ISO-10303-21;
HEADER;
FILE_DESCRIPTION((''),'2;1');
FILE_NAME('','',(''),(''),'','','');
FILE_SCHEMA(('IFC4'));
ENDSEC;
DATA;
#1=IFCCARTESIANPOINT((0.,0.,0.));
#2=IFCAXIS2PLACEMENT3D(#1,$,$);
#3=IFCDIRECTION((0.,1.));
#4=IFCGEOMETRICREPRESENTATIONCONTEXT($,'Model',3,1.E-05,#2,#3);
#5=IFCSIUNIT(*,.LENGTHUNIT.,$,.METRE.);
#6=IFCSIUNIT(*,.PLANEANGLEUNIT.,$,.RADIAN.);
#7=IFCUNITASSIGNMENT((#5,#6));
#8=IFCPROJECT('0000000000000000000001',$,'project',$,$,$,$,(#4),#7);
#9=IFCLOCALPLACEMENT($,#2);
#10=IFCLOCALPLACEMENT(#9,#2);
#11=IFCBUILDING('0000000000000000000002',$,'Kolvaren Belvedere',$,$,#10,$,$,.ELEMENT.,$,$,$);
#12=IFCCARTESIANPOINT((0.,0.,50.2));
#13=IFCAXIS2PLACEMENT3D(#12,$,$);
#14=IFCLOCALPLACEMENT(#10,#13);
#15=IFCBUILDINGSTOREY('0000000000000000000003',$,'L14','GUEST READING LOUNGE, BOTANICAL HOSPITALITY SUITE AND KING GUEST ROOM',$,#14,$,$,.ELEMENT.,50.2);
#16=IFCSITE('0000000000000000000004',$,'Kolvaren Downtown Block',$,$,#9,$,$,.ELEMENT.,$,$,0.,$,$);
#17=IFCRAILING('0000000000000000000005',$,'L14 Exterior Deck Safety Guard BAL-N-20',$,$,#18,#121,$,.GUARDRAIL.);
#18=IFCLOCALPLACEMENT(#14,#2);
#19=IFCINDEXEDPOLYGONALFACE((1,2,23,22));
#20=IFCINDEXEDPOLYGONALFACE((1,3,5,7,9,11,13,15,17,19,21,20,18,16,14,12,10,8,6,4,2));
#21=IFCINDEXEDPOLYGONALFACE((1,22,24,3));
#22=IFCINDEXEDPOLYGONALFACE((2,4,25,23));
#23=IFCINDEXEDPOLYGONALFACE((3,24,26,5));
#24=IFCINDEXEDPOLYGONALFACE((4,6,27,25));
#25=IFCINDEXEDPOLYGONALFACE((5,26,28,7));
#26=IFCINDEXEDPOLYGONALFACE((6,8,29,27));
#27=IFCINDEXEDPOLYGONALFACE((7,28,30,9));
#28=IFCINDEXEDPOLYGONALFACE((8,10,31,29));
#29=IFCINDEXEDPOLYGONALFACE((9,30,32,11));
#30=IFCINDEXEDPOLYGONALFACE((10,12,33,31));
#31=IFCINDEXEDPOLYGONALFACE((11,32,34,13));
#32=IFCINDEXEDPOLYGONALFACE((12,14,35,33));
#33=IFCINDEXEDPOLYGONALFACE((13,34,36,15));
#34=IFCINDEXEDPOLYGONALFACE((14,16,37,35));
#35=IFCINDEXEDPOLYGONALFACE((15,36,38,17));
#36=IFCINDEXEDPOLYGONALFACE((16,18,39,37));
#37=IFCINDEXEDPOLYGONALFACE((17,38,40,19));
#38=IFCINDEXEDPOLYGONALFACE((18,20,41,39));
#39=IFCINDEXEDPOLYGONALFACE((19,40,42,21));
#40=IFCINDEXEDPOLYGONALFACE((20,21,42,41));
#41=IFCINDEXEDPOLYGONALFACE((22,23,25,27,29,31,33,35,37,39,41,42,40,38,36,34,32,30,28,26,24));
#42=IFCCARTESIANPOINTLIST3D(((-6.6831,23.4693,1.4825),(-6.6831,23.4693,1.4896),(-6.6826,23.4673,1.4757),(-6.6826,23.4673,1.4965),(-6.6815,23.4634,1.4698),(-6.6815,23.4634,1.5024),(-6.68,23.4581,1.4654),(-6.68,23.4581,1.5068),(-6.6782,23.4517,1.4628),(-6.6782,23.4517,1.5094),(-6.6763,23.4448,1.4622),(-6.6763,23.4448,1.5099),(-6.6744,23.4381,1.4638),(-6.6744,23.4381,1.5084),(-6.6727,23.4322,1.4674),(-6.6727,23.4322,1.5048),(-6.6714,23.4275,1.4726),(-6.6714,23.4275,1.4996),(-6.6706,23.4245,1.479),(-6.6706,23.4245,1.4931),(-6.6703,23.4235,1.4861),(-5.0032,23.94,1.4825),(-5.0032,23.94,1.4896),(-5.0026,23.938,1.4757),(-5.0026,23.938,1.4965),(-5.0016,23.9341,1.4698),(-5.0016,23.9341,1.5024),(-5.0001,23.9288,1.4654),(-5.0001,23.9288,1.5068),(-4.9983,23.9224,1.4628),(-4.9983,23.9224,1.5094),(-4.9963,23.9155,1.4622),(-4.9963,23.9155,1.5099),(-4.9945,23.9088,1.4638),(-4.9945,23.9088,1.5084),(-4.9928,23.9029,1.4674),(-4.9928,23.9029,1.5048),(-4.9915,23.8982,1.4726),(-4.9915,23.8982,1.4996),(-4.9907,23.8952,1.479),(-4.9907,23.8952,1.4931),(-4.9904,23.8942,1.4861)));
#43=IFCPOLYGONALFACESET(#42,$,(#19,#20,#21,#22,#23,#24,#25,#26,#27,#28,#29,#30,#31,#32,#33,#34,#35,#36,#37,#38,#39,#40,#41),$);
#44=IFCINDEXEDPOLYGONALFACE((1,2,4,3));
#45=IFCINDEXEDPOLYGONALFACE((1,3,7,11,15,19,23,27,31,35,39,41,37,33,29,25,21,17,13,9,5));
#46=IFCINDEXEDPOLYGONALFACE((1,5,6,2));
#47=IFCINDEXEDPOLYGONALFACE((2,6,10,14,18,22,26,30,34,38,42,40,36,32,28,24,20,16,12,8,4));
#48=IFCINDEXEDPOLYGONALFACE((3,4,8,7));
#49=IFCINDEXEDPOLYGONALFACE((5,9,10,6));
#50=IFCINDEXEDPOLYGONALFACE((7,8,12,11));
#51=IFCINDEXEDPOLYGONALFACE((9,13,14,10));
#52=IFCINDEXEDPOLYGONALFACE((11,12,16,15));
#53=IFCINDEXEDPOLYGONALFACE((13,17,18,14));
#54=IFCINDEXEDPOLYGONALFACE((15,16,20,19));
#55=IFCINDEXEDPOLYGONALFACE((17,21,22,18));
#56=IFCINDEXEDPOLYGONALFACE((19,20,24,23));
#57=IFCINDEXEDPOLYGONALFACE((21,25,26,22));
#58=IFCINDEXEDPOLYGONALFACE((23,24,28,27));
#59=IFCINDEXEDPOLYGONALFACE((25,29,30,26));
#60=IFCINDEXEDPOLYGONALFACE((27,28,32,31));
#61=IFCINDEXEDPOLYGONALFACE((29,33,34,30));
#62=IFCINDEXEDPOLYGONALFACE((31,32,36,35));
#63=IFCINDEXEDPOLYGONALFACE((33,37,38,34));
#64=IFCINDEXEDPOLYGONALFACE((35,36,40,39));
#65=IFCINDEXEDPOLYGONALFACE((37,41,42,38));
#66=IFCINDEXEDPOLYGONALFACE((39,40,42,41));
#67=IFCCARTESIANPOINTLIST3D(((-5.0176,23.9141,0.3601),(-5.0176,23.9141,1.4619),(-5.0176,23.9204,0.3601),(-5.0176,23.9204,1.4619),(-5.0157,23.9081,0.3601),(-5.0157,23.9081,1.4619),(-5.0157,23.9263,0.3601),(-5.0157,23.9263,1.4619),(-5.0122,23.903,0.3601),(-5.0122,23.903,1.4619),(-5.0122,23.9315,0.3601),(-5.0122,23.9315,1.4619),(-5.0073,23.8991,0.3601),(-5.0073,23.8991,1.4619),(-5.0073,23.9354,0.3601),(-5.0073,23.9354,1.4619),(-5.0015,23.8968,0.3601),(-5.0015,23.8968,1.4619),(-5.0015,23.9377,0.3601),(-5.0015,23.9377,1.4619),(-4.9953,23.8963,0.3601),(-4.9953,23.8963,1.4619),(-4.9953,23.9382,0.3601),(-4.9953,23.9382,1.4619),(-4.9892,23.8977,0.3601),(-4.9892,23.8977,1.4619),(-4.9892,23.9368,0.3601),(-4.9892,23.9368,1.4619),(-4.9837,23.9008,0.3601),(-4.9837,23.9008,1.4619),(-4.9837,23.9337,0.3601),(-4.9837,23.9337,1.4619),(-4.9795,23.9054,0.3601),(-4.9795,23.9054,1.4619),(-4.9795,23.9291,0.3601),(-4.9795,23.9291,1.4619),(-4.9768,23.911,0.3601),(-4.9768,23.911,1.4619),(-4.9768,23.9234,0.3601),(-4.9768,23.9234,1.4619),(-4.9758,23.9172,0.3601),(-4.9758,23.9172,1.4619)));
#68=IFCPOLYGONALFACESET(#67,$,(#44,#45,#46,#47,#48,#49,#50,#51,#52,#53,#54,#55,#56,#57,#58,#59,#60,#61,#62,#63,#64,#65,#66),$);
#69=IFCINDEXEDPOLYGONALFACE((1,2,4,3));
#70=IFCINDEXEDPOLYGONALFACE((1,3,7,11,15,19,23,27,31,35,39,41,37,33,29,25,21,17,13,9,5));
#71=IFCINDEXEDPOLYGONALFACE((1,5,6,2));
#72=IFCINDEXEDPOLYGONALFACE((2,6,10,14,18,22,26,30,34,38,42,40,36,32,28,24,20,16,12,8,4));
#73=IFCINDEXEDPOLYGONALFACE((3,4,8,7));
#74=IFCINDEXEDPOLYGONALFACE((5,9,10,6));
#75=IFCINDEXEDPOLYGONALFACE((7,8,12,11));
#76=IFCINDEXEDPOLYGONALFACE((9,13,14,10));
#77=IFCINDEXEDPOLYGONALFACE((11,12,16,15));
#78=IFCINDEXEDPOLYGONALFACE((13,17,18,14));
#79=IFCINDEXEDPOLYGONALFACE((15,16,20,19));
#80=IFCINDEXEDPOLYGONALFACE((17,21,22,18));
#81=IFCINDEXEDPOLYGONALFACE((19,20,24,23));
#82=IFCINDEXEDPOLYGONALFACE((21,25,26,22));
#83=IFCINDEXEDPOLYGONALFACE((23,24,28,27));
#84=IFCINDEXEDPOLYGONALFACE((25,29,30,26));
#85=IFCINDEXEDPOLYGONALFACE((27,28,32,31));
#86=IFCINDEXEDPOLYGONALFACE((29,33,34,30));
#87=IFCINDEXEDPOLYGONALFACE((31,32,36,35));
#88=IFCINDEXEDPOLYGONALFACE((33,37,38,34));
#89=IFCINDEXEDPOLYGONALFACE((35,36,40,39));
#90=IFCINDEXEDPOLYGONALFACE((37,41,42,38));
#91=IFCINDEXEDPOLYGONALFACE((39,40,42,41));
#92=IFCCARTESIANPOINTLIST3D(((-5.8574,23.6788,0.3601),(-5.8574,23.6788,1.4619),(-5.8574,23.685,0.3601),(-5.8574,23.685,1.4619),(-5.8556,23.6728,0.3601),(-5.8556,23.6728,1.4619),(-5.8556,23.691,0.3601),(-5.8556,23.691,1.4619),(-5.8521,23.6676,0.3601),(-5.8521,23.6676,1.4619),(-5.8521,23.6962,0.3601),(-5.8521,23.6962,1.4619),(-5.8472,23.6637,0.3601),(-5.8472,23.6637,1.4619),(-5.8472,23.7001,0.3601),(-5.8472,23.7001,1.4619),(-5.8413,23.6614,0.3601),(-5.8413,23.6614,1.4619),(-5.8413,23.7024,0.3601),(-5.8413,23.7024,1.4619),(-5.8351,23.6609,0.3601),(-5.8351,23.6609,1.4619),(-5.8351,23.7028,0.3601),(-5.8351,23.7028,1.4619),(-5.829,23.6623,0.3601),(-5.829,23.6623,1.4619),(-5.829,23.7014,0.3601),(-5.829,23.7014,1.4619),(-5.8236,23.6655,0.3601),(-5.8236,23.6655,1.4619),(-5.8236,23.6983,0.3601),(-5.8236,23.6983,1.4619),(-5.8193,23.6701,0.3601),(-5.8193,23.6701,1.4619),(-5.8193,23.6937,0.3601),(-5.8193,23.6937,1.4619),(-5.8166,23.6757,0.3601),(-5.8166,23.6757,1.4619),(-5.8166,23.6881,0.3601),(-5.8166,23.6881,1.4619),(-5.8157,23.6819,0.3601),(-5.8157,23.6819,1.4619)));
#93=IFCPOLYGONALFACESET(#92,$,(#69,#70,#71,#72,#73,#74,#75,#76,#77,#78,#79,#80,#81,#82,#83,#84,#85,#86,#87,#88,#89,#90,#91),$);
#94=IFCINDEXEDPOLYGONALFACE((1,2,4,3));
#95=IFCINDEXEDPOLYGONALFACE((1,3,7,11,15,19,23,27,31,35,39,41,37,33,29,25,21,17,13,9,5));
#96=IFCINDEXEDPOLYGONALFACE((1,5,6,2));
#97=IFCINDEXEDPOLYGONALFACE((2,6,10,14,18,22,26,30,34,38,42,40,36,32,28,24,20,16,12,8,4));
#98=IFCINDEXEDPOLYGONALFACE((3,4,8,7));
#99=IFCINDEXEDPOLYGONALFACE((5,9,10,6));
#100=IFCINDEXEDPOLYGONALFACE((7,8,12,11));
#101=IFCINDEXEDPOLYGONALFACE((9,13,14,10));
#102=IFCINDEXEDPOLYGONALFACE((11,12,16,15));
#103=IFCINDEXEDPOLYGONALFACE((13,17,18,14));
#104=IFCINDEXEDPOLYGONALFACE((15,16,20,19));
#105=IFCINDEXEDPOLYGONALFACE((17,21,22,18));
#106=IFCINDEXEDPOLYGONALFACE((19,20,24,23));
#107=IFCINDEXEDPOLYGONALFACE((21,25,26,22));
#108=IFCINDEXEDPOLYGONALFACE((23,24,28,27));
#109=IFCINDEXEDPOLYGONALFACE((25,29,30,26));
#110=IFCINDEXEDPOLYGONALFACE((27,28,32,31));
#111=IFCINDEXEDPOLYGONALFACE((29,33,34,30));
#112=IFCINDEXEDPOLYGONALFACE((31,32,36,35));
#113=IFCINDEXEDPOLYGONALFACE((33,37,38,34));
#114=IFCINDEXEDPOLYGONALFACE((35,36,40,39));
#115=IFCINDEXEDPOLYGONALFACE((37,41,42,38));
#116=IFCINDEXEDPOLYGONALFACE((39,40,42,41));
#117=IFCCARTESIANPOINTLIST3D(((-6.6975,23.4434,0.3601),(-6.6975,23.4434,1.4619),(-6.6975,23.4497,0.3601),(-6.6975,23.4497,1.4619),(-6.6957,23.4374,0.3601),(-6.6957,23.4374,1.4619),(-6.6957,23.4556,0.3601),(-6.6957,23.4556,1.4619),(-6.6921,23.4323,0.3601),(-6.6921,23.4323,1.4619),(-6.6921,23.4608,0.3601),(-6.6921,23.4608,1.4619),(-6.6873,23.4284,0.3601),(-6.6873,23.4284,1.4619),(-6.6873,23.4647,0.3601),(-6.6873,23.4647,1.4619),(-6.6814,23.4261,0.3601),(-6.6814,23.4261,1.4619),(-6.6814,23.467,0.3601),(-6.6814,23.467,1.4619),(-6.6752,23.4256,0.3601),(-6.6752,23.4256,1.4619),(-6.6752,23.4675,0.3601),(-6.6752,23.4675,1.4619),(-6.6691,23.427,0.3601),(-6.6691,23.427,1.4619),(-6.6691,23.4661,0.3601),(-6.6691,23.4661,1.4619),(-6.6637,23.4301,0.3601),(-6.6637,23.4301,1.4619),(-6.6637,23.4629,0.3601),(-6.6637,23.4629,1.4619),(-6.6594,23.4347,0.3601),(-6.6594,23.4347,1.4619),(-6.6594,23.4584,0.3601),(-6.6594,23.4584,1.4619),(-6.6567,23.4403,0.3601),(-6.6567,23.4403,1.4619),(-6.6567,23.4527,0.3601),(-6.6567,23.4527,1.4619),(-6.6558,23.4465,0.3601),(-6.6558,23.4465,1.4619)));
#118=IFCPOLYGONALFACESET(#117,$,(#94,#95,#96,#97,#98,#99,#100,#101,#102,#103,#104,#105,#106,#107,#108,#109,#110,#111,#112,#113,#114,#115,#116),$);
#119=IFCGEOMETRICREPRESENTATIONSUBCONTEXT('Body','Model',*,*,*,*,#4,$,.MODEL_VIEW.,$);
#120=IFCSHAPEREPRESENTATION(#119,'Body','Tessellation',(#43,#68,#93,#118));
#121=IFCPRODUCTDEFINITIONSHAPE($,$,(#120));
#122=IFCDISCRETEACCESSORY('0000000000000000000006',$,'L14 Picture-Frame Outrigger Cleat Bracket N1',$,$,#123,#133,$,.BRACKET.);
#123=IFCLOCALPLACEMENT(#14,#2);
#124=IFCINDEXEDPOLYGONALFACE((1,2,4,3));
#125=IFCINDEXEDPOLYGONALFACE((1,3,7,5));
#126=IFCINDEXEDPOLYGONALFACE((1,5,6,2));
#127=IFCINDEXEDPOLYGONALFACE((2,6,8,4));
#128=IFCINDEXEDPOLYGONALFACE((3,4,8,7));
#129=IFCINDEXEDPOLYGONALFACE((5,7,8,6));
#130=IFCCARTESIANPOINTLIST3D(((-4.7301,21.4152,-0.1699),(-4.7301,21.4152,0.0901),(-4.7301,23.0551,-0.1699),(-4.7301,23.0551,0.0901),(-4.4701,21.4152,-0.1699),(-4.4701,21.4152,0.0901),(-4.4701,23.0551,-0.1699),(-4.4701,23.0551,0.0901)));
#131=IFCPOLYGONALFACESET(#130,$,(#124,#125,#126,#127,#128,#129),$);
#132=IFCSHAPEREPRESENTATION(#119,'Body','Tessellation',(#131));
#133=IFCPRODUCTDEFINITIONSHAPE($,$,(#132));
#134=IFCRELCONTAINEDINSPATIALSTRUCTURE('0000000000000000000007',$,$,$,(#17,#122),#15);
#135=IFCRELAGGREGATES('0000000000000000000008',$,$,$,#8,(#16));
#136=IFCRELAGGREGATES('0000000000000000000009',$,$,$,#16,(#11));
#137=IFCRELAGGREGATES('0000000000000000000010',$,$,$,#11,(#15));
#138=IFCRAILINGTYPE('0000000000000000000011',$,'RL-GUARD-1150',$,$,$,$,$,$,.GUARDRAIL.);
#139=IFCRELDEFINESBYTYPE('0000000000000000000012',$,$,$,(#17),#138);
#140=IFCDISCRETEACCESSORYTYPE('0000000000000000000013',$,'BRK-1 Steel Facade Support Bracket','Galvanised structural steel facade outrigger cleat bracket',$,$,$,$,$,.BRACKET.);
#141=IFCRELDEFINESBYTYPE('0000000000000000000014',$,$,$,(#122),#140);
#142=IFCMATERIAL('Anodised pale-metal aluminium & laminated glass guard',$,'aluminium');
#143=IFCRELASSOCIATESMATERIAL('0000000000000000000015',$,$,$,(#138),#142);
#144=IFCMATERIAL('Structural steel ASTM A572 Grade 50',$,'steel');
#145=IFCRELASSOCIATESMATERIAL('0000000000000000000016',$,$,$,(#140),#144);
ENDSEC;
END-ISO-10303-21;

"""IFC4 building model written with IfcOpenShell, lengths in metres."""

from ifc_helpers import new_model, si_unit, direction, frame, origin, origin_2d, place, context, subcontext, project, spatial, rectangle, circle, extrude, material, type_object, element, save


model = new_model("IFC4")

# Units and contexts
model_context = context("Model", 3, precision=1e-05, world=origin(), true_north=direction((0.0, 1.0)))
body_context = subcontext(model_context, "Body", "Model", "MODEL_VIEW")
ifc_project = project(units=[si_unit("LENGTHUNIT", "METRE"), si_unit("PLANEANGLEUNIT", "RADIAN")], contexts=[model_context])

# Site, building, storey
site_placement = place(None, origin())
site = spatial("IfcSite", under=ifc_project, at=site_placement, Name="Kolvaren Downtown Block", CompositionType="ELEMENT", RefElevation=0.0)
building_placement = place(site_placement, origin())
building = spatial("IfcBuilding", under=site, at=building_placement, Name="Kolvaren Belvedere", CompositionType="ELEMENT")
storey_placement = place(building_placement, frame((0.0, 0.0, 50.2)))
storey = spatial("IfcBuildingStorey", under=building, at=storey_placement, Name="L14", Description="GUEST READING LOUNGE, BOTANICAL HOSPITALITY SUITE AND KING GUEST ROOM", CompositionType="ELEMENT", Elevation=50.2)

# Railing
ifc_material_1 = material(Name="Anodised pale-metal aluminium & laminated glass guard", Category="aluminium")
railing_type = type_object("IfcRailingType", Name="RL-GUARD-1150", PredefinedType="GUARDRAIL", material=ifc_material_1)
railing_1_placement = place(storey_placement, frame((-4.9968, 23.9172, 0.3601)))
element("IfcRailing", 1, at=railing_1_placement, inside=storey, type_object=railing_type, Name="L14 Exterior Deck Safety Guard BAL-N-20", PredefinedType="GUARDRAIL", context=body_context, shape_type="SweptSolid", body=[
    extrude(circle(Radius=0.0239, at=origin_2d()), frame((0.0, 0.0, 1.126), z_axis=(-0.962916, -0.269801, 0.0), x_axis=(0.269801, -0.962916, 0.0)), (0.0, 0.0, 1.0), 1.7446),
    extrude(circle(Radius=0.021, at=origin_2d()), origin(), (0.0, 0.0, 1.0), 1.1018),
    extrude(circle(Radius=0.021, at=origin_2d()), frame((-0.8398, -0.2354, 0.0)), (0.0, 0.0, 1.0), 1.1018),
    extrude(circle(Radius=0.021, at=origin_2d()), frame((-1.6799, -0.4707, 0.0)), (0.0, 0.0, 1.0), 1.1018),
])

# Discrete accessory
ifc_material_2 = material(Name="Structural steel ASTM A572 Grade 50", Category="steel")
discrete_accessory_type = type_object("IfcDiscreteAccessoryType", Name="BRK-1 Steel Facade Support Bracket", Description="Galvanised structural steel facade outrigger cleat bracket", PredefinedType="BRACKET", material=ifc_material_2)
discrete_accessory_placement = place(storey_placement, frame((-4.6001, 22.2351, -0.1699), z_axis=(0.0, 0.0, 1.0), x_axis=(0.0, 1.0, 0.0)))
element("IfcDiscreteAccessory", 2, at=discrete_accessory_placement, inside=storey, type_object=discrete_accessory_type, Name="L14 Picture-Frame Outrigger Cleat Bracket N1", PredefinedType="BRACKET", context=body_context, shape_type="SweptSolid", body=[
    extrude(rectangle(XDim=1.6399, YDim=0.26, at=origin_2d()), origin(), (0.0, 0.0, 1.0), 0.26),
])

save(model, "model.ifc")
